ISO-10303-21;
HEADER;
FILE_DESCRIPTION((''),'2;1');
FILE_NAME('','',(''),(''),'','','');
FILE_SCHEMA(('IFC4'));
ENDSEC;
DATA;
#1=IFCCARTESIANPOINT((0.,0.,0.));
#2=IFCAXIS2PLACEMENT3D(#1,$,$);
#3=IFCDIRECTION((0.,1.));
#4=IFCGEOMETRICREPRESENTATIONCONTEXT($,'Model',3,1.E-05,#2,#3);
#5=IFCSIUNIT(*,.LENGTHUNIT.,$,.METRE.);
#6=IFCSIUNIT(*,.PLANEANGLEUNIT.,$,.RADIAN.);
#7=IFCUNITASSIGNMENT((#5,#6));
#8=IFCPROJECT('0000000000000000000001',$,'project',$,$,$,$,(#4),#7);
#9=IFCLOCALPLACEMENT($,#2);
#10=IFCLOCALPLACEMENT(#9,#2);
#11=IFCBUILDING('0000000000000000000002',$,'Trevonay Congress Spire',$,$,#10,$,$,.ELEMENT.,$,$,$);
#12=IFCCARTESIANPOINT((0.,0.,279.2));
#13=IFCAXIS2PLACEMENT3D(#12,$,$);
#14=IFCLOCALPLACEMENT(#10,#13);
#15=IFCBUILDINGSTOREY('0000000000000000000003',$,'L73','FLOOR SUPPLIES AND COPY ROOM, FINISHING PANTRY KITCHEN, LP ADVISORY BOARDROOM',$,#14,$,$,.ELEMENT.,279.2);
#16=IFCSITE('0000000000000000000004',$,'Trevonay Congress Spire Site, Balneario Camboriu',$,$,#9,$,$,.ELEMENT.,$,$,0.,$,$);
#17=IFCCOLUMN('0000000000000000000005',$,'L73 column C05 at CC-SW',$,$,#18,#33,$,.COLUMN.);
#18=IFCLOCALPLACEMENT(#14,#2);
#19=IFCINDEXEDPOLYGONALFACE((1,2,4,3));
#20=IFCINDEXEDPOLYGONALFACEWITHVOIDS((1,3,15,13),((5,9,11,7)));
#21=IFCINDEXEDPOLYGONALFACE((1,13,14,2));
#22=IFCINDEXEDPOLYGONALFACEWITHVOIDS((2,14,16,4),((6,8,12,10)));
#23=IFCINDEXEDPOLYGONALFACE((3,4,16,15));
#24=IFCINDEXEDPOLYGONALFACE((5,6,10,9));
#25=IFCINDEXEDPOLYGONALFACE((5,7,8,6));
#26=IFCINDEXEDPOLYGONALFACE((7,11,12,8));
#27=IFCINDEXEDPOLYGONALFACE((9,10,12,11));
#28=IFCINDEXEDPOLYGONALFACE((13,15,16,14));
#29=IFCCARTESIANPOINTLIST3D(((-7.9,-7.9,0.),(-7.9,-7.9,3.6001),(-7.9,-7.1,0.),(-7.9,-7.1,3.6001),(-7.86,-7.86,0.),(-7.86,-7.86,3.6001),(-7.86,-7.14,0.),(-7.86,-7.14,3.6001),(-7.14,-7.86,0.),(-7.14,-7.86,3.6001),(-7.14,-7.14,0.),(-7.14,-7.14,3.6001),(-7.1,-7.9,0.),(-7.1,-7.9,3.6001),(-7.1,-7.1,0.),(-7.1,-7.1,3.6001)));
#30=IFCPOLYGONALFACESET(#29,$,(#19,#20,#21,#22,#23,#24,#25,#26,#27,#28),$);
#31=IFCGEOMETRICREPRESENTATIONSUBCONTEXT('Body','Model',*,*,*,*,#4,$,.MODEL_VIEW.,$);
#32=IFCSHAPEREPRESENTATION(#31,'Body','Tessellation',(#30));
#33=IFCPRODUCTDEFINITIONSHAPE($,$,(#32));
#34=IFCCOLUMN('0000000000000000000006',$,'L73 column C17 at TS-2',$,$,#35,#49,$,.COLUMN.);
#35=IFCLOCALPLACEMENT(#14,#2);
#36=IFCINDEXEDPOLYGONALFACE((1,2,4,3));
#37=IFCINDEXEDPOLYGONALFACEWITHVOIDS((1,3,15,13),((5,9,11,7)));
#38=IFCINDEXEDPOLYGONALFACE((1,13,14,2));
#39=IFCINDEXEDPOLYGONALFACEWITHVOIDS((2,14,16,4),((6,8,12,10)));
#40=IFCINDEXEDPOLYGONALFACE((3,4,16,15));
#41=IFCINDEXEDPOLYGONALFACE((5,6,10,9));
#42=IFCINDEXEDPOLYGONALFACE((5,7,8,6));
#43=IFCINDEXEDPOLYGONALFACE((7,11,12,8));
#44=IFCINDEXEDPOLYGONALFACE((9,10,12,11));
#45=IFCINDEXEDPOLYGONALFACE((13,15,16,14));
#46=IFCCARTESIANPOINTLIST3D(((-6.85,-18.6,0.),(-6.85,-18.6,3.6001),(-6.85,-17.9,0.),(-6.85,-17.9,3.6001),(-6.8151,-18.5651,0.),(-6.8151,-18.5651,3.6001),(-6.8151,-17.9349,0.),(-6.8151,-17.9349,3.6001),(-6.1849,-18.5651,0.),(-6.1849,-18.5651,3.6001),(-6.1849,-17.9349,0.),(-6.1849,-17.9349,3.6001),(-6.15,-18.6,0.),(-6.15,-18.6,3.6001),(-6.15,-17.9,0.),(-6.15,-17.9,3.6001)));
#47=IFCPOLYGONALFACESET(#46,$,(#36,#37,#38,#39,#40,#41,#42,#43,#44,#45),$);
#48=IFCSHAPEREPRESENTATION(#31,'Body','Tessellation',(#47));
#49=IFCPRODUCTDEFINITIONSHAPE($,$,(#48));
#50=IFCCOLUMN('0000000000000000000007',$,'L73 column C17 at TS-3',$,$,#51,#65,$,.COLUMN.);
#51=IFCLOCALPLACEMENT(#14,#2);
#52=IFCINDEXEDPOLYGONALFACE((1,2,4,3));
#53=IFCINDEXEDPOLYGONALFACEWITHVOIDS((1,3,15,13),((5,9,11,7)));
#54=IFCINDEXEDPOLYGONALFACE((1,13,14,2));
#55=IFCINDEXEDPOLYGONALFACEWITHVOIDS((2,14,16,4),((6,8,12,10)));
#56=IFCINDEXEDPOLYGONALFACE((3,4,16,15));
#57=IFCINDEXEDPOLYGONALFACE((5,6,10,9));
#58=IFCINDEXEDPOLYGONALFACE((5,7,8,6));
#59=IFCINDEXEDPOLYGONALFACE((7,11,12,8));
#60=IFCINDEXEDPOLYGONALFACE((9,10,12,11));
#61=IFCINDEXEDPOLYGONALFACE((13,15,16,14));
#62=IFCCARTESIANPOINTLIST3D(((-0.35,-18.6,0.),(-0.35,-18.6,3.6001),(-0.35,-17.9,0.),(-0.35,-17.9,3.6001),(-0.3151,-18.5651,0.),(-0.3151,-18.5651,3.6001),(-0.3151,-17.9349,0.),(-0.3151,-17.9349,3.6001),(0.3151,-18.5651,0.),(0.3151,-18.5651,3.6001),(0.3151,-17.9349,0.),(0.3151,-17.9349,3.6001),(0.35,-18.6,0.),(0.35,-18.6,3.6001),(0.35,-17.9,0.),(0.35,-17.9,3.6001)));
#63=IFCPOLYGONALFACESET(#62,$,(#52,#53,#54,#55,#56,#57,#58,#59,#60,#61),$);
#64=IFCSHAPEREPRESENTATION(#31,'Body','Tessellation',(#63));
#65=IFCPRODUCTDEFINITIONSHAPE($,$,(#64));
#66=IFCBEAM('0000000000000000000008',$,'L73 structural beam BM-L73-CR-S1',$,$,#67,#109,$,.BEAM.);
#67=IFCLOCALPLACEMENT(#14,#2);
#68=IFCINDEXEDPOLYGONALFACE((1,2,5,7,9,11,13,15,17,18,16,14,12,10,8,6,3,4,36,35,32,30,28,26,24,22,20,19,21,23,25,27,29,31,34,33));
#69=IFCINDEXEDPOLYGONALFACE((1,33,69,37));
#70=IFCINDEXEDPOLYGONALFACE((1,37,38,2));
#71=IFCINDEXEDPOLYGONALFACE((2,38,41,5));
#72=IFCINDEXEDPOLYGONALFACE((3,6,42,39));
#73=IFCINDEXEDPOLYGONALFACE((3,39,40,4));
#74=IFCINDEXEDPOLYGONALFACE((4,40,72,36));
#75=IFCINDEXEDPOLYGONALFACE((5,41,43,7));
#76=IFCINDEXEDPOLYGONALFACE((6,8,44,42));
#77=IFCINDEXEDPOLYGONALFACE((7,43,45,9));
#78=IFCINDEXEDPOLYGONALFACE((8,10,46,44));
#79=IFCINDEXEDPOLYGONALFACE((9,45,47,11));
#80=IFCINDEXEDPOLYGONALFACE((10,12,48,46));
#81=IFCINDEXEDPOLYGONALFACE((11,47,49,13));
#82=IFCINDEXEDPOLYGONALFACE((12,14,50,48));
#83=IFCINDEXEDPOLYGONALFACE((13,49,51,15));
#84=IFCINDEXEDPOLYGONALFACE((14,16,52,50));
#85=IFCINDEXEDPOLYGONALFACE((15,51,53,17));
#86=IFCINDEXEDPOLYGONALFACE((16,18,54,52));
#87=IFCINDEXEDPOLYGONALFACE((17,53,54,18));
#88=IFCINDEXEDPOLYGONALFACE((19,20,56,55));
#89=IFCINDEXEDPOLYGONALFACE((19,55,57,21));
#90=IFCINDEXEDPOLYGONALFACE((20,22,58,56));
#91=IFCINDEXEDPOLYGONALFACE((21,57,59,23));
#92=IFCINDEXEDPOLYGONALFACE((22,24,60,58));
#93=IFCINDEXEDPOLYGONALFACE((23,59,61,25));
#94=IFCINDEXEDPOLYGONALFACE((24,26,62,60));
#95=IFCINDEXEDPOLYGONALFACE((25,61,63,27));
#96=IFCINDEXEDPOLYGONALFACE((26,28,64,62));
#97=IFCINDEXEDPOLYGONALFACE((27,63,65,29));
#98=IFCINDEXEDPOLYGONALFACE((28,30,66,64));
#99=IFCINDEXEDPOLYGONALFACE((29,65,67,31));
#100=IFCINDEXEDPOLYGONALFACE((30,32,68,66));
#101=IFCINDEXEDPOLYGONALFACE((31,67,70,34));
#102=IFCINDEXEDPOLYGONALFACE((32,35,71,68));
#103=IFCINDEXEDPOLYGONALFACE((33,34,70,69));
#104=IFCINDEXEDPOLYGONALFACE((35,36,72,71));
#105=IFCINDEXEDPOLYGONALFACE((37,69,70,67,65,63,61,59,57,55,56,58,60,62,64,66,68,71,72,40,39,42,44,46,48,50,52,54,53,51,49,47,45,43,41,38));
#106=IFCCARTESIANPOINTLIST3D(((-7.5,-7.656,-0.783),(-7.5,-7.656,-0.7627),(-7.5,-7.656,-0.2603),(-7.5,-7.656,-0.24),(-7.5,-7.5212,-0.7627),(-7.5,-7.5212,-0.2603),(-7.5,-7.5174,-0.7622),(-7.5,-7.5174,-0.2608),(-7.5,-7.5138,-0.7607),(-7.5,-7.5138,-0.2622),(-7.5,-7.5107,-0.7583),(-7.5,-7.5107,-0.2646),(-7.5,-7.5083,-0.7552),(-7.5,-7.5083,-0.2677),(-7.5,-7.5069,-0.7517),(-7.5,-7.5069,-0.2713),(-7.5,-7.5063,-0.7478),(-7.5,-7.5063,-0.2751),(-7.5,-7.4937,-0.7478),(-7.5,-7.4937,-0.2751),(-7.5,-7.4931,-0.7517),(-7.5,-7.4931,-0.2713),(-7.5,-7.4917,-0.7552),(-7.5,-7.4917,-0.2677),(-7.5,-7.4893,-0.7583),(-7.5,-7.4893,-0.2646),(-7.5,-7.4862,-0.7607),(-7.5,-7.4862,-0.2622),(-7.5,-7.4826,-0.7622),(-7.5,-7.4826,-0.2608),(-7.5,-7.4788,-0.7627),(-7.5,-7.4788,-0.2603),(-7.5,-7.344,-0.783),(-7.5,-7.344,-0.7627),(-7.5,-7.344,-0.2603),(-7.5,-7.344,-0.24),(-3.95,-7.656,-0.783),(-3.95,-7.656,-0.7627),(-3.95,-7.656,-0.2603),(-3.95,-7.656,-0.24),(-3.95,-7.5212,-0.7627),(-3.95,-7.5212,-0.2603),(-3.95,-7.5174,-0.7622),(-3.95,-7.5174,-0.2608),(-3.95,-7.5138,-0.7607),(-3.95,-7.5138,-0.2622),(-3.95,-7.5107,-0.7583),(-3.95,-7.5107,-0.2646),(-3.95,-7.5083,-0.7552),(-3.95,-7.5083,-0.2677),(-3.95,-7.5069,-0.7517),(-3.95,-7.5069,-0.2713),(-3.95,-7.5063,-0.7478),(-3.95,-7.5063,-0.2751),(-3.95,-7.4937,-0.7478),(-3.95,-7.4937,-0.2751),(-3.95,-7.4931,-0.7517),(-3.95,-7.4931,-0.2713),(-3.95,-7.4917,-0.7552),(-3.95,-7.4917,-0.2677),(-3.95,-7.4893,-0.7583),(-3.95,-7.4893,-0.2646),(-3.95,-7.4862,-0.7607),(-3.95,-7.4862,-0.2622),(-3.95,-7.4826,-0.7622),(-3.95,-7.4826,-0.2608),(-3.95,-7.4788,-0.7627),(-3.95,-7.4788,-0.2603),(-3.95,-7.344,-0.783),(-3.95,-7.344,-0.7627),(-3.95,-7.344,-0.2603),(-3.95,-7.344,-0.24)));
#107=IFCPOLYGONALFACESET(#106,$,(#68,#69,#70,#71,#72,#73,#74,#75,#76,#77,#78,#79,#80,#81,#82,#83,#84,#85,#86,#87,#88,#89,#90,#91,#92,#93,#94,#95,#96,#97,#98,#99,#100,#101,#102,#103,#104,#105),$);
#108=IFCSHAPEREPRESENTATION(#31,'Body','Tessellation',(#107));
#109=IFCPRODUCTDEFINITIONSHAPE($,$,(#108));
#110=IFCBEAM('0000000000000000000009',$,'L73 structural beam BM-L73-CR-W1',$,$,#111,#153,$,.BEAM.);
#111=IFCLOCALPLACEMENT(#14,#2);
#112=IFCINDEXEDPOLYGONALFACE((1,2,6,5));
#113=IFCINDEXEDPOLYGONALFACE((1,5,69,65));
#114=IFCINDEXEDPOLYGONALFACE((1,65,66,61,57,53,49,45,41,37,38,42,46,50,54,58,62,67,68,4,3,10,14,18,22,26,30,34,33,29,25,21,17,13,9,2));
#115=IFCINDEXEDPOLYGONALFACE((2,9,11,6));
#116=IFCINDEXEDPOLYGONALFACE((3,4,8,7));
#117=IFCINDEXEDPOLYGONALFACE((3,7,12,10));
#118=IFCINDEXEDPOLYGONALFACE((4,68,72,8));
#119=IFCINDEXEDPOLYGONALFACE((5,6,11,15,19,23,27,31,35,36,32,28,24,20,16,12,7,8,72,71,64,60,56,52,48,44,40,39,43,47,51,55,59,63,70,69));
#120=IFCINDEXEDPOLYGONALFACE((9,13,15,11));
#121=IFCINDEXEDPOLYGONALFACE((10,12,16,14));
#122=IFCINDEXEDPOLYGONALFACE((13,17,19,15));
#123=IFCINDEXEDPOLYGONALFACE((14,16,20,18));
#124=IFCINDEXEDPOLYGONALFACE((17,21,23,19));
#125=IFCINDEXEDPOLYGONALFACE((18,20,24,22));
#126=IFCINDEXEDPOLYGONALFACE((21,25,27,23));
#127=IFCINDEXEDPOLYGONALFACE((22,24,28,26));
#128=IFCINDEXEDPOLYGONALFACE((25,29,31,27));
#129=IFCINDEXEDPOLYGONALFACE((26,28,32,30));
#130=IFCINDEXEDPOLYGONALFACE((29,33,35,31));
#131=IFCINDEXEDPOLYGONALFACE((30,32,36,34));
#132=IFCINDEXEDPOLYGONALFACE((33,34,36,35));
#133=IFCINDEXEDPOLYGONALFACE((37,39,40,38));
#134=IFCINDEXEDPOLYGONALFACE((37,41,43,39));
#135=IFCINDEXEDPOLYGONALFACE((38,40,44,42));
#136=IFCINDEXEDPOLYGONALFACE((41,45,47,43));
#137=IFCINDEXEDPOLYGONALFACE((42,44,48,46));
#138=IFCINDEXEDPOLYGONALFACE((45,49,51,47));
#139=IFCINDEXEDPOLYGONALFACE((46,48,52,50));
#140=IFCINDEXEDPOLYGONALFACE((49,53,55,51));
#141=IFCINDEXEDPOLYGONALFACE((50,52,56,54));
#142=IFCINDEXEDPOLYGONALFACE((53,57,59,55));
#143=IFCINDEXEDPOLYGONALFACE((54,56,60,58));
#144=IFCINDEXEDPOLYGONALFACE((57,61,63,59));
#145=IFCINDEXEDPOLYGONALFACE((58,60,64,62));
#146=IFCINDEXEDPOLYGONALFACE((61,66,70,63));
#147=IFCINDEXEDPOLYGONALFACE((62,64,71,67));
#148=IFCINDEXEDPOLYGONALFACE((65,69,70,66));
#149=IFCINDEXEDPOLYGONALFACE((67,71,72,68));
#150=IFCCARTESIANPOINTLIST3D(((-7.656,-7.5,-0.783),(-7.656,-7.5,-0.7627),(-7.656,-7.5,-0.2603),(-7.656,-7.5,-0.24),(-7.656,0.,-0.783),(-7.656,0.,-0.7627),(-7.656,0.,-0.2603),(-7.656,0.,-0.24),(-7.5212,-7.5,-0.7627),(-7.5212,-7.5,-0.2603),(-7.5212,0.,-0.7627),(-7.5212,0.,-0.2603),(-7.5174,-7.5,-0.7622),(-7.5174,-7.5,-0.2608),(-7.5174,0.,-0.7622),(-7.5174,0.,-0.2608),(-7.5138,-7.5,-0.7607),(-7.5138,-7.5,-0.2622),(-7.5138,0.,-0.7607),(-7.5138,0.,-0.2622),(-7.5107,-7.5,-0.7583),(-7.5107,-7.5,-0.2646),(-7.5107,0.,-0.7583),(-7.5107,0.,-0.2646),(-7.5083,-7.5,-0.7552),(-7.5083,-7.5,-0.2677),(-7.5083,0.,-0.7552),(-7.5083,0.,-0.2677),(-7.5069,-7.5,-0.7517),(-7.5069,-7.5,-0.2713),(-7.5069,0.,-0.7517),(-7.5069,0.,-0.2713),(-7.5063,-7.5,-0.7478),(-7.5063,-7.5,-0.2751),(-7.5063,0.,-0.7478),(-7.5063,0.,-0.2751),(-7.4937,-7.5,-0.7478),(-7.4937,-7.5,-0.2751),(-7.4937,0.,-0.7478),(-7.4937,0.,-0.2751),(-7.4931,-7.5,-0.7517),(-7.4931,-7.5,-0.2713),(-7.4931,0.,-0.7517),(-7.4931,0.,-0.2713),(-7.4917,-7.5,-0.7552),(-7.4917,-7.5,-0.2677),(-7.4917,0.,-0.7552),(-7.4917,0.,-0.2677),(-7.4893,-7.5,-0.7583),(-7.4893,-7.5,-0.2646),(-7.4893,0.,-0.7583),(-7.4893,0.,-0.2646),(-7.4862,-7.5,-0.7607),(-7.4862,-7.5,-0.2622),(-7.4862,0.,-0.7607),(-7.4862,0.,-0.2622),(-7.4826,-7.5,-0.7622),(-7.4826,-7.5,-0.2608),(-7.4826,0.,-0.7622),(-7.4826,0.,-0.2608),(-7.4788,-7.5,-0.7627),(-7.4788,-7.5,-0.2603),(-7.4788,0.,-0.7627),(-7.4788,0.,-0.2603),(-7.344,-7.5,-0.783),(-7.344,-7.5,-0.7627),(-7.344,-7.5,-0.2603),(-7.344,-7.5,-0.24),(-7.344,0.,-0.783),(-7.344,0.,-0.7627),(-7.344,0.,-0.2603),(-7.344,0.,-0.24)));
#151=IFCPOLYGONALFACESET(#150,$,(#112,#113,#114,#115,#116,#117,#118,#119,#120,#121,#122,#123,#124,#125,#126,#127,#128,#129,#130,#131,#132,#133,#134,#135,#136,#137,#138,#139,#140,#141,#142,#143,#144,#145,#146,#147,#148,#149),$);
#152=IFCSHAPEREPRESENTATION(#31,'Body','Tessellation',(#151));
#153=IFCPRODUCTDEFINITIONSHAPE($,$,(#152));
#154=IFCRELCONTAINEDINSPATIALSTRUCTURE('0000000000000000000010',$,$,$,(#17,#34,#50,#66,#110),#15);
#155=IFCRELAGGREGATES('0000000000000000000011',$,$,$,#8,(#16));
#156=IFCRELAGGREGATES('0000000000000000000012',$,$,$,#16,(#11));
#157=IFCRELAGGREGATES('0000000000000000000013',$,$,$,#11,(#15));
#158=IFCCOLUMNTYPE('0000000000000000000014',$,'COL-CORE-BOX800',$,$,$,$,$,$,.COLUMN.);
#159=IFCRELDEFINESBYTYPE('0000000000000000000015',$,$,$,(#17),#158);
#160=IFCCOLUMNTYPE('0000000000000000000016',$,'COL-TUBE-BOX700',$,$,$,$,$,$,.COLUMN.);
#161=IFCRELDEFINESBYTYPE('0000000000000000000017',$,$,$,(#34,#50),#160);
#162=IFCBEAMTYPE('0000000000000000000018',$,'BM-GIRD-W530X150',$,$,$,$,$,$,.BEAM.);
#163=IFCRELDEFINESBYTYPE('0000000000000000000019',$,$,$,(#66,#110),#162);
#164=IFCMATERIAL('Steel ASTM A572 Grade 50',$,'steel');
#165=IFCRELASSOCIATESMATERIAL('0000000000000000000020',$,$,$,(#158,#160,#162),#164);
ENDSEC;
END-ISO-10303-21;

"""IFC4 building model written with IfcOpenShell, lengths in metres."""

from ifc_helpers import new_model, si_unit, direction, frame, origin, origin_2d, place, context, subcontext, project, spatial, hollow_rectangle, i_section, extrude, material, material_profile, profile_set, type_object, element, save


model = new_model("IFC4")

# Units and contexts
model_context = context("Model", 3, precision=1e-05, world=origin(), true_north=direction((0.0, 1.0)))
body_context = subcontext(model_context, "Body", "Model", "MODEL_VIEW")
ifc_project = project(units=[si_unit("LENGTHUNIT", "METRE"), si_unit("PLANEANGLEUNIT", "RADIAN")], contexts=[model_context])

# Site, building, storey
site_placement = place(None, origin())
site = spatial("IfcSite", under=ifc_project, at=site_placement, Name="Trevonay Congress Spire Site, Balneario Camboriu", CompositionType="ELEMENT", RefElevation=0.0)
building_placement = place(site_placement, origin())
building = spatial("IfcBuilding", under=site, at=building_placement, Name="Trevonay Congress Spire", CompositionType="ELEMENT")
storey_placement = place(building_placement, frame((0.0, 0.0, 279.2)))
storey = spatial("IfcBuildingStorey", under=building, at=storey_placement, Name="L73", Description="FLOOR SUPPLIES AND COPY ROOM, FINISHING PANTRY KITCHEN, LP ADVISORY BOARDROOM", CompositionType="ELEMENT", Elevation=279.2)

# Columns
ifc_material_1 = material(Name="Steel ASTM A572 Grade 50", Category="steel")
ifc_material_profile_1 = material_profile(ifc_material_1, hollow_rectangle(XDim=0.8, YDim=0.8, WallThickness=0.04, at=origin_2d()), Name="BOX 800x800x40")
ifc_profile_set_1 = profile_set([ifc_material_profile_1], Name="Steel ASTM A572 Grade 50")
column_type_1 = type_object("IfcColumnType", Name="COL-CORE-BOX800", PredefinedType="COLUMN", material=ifc_profile_set_1)
column_placement = place(storey_placement, frame((-7.5, -7.5, 0.0), z_axis=(0.0, 0.0, 1.0), x_axis=(1.0, 0.0, 0.0)))
element("IfcColumn", 1, at=column_placement, inside=storey, type_object=column_type_1, Name="L73 column C05 at CC-SW", PredefinedType="COLUMN", context=body_context, shape_type="SweptSolid", body=[
    extrude(hollow_rectangle(XDim=0.8, YDim=0.8, WallThickness=0.04, at=origin_2d()), origin(), (0.0, 0.0, 1.0), 3.6001),
])
ifc_material_profile_2 = material_profile(ifc_material_1, hollow_rectangle(XDim=0.7, YDim=0.7, WallThickness=0.0349, at=origin_2d()), Name="BOX 700x700x35")
ifc_profile_set_2 = profile_set([ifc_material_profile_2], Name="Steel ASTM A572 Grade 50")
column_type_2 = type_object("IfcColumnType", Name="COL-TUBE-BOX700", PredefinedType="COLUMN", material=ifc_profile_set_2)
for number, where, z_axis, x_axis, name in (
    (2, (-6.5, -18.25, 0.0), (0.0, 0.0, 1.0), (1.0, 0.0, 0.0), "L73 column C17 at TS-2"),
    (3, (0.0, -18.25, 0.0), (0.0, 0.0, 1.0), (1.0, 0.0, 0.0), "L73 column C17 at TS-3"),
):
    element("IfcColumn", number, at=place(storey_placement, frame(where, z_axis=z_axis, x_axis=x_axis)), inside=storey, type_object=column_type_2, Name=name, PredefinedType="COLUMN", context=body_context, shape_type="SweptSolid", body=[
        extrude(hollow_rectangle(XDim=0.7, YDim=0.7, WallThickness=0.0349, at=origin_2d()), origin(), (0.0, 0.0, 1.0), 3.6001),
    ])

# Beams
ifc_material_profile_3 = material_profile(ifc_material_1, i_section(OverallWidth=0.312, OverallDepth=0.543, WebThickness=0.0127, FlangeThickness=0.0203, FilletRadius=0.0149, at=origin_2d()), Name="W530x150")
ifc_profile_set_3 = profile_set([ifc_material_profile_3], Name="Steel ASTM A572 Grade 50")
beam_type_1 = type_object("IfcBeamType", Name="BM-GIRD-W530X150", PredefinedType="BEAM", material=ifc_profile_set_3)
beam_1_placement = place(storey_placement, frame((-7.5, -7.5, -0.5115), z_axis=(1.0, 0.0, 0.0), x_axis=(0.0, 1.0, 0.0)))
element("IfcBeam", 4, at=beam_1_placement, inside=storey, type_object=beam_type_1, Name="L73 structural beam BM-L73-CR-S1", PredefinedType="BEAM", context=body_context, shape_type="SweptSolid", body=[
    extrude(i_section(OverallWidth=0.312, OverallDepth=0.543, WebThickness=0.0127, FlangeThickness=0.0203, FilletRadius=0.0149, at=origin_2d()), origin(), (0.0, 0.0, 1.0), 3.55),
])
beam_2_placement = place(storey_placement, frame((-7.5, -7.5, -0.5115), z_axis=(0.0, 1.0, 0.0), x_axis=(-1.0, 0.0, 0.0)))
element("IfcBeam", 5, at=beam_2_placement, inside=storey, type_object=beam_type_1, Name="L73 structural beam BM-L73-CR-W1", PredefinedType="BEAM", context=body_context, shape_type="SweptSolid", body=[
    extrude(i_section(OverallWidth=0.312, OverallDepth=0.543, WebThickness=0.0127, FlangeThickness=0.0203, FilletRadius=0.0149, at=origin_2d()), origin(), (0.0, 0.0, 1.0), 7.5),
])

save(model, "model.ifc")
